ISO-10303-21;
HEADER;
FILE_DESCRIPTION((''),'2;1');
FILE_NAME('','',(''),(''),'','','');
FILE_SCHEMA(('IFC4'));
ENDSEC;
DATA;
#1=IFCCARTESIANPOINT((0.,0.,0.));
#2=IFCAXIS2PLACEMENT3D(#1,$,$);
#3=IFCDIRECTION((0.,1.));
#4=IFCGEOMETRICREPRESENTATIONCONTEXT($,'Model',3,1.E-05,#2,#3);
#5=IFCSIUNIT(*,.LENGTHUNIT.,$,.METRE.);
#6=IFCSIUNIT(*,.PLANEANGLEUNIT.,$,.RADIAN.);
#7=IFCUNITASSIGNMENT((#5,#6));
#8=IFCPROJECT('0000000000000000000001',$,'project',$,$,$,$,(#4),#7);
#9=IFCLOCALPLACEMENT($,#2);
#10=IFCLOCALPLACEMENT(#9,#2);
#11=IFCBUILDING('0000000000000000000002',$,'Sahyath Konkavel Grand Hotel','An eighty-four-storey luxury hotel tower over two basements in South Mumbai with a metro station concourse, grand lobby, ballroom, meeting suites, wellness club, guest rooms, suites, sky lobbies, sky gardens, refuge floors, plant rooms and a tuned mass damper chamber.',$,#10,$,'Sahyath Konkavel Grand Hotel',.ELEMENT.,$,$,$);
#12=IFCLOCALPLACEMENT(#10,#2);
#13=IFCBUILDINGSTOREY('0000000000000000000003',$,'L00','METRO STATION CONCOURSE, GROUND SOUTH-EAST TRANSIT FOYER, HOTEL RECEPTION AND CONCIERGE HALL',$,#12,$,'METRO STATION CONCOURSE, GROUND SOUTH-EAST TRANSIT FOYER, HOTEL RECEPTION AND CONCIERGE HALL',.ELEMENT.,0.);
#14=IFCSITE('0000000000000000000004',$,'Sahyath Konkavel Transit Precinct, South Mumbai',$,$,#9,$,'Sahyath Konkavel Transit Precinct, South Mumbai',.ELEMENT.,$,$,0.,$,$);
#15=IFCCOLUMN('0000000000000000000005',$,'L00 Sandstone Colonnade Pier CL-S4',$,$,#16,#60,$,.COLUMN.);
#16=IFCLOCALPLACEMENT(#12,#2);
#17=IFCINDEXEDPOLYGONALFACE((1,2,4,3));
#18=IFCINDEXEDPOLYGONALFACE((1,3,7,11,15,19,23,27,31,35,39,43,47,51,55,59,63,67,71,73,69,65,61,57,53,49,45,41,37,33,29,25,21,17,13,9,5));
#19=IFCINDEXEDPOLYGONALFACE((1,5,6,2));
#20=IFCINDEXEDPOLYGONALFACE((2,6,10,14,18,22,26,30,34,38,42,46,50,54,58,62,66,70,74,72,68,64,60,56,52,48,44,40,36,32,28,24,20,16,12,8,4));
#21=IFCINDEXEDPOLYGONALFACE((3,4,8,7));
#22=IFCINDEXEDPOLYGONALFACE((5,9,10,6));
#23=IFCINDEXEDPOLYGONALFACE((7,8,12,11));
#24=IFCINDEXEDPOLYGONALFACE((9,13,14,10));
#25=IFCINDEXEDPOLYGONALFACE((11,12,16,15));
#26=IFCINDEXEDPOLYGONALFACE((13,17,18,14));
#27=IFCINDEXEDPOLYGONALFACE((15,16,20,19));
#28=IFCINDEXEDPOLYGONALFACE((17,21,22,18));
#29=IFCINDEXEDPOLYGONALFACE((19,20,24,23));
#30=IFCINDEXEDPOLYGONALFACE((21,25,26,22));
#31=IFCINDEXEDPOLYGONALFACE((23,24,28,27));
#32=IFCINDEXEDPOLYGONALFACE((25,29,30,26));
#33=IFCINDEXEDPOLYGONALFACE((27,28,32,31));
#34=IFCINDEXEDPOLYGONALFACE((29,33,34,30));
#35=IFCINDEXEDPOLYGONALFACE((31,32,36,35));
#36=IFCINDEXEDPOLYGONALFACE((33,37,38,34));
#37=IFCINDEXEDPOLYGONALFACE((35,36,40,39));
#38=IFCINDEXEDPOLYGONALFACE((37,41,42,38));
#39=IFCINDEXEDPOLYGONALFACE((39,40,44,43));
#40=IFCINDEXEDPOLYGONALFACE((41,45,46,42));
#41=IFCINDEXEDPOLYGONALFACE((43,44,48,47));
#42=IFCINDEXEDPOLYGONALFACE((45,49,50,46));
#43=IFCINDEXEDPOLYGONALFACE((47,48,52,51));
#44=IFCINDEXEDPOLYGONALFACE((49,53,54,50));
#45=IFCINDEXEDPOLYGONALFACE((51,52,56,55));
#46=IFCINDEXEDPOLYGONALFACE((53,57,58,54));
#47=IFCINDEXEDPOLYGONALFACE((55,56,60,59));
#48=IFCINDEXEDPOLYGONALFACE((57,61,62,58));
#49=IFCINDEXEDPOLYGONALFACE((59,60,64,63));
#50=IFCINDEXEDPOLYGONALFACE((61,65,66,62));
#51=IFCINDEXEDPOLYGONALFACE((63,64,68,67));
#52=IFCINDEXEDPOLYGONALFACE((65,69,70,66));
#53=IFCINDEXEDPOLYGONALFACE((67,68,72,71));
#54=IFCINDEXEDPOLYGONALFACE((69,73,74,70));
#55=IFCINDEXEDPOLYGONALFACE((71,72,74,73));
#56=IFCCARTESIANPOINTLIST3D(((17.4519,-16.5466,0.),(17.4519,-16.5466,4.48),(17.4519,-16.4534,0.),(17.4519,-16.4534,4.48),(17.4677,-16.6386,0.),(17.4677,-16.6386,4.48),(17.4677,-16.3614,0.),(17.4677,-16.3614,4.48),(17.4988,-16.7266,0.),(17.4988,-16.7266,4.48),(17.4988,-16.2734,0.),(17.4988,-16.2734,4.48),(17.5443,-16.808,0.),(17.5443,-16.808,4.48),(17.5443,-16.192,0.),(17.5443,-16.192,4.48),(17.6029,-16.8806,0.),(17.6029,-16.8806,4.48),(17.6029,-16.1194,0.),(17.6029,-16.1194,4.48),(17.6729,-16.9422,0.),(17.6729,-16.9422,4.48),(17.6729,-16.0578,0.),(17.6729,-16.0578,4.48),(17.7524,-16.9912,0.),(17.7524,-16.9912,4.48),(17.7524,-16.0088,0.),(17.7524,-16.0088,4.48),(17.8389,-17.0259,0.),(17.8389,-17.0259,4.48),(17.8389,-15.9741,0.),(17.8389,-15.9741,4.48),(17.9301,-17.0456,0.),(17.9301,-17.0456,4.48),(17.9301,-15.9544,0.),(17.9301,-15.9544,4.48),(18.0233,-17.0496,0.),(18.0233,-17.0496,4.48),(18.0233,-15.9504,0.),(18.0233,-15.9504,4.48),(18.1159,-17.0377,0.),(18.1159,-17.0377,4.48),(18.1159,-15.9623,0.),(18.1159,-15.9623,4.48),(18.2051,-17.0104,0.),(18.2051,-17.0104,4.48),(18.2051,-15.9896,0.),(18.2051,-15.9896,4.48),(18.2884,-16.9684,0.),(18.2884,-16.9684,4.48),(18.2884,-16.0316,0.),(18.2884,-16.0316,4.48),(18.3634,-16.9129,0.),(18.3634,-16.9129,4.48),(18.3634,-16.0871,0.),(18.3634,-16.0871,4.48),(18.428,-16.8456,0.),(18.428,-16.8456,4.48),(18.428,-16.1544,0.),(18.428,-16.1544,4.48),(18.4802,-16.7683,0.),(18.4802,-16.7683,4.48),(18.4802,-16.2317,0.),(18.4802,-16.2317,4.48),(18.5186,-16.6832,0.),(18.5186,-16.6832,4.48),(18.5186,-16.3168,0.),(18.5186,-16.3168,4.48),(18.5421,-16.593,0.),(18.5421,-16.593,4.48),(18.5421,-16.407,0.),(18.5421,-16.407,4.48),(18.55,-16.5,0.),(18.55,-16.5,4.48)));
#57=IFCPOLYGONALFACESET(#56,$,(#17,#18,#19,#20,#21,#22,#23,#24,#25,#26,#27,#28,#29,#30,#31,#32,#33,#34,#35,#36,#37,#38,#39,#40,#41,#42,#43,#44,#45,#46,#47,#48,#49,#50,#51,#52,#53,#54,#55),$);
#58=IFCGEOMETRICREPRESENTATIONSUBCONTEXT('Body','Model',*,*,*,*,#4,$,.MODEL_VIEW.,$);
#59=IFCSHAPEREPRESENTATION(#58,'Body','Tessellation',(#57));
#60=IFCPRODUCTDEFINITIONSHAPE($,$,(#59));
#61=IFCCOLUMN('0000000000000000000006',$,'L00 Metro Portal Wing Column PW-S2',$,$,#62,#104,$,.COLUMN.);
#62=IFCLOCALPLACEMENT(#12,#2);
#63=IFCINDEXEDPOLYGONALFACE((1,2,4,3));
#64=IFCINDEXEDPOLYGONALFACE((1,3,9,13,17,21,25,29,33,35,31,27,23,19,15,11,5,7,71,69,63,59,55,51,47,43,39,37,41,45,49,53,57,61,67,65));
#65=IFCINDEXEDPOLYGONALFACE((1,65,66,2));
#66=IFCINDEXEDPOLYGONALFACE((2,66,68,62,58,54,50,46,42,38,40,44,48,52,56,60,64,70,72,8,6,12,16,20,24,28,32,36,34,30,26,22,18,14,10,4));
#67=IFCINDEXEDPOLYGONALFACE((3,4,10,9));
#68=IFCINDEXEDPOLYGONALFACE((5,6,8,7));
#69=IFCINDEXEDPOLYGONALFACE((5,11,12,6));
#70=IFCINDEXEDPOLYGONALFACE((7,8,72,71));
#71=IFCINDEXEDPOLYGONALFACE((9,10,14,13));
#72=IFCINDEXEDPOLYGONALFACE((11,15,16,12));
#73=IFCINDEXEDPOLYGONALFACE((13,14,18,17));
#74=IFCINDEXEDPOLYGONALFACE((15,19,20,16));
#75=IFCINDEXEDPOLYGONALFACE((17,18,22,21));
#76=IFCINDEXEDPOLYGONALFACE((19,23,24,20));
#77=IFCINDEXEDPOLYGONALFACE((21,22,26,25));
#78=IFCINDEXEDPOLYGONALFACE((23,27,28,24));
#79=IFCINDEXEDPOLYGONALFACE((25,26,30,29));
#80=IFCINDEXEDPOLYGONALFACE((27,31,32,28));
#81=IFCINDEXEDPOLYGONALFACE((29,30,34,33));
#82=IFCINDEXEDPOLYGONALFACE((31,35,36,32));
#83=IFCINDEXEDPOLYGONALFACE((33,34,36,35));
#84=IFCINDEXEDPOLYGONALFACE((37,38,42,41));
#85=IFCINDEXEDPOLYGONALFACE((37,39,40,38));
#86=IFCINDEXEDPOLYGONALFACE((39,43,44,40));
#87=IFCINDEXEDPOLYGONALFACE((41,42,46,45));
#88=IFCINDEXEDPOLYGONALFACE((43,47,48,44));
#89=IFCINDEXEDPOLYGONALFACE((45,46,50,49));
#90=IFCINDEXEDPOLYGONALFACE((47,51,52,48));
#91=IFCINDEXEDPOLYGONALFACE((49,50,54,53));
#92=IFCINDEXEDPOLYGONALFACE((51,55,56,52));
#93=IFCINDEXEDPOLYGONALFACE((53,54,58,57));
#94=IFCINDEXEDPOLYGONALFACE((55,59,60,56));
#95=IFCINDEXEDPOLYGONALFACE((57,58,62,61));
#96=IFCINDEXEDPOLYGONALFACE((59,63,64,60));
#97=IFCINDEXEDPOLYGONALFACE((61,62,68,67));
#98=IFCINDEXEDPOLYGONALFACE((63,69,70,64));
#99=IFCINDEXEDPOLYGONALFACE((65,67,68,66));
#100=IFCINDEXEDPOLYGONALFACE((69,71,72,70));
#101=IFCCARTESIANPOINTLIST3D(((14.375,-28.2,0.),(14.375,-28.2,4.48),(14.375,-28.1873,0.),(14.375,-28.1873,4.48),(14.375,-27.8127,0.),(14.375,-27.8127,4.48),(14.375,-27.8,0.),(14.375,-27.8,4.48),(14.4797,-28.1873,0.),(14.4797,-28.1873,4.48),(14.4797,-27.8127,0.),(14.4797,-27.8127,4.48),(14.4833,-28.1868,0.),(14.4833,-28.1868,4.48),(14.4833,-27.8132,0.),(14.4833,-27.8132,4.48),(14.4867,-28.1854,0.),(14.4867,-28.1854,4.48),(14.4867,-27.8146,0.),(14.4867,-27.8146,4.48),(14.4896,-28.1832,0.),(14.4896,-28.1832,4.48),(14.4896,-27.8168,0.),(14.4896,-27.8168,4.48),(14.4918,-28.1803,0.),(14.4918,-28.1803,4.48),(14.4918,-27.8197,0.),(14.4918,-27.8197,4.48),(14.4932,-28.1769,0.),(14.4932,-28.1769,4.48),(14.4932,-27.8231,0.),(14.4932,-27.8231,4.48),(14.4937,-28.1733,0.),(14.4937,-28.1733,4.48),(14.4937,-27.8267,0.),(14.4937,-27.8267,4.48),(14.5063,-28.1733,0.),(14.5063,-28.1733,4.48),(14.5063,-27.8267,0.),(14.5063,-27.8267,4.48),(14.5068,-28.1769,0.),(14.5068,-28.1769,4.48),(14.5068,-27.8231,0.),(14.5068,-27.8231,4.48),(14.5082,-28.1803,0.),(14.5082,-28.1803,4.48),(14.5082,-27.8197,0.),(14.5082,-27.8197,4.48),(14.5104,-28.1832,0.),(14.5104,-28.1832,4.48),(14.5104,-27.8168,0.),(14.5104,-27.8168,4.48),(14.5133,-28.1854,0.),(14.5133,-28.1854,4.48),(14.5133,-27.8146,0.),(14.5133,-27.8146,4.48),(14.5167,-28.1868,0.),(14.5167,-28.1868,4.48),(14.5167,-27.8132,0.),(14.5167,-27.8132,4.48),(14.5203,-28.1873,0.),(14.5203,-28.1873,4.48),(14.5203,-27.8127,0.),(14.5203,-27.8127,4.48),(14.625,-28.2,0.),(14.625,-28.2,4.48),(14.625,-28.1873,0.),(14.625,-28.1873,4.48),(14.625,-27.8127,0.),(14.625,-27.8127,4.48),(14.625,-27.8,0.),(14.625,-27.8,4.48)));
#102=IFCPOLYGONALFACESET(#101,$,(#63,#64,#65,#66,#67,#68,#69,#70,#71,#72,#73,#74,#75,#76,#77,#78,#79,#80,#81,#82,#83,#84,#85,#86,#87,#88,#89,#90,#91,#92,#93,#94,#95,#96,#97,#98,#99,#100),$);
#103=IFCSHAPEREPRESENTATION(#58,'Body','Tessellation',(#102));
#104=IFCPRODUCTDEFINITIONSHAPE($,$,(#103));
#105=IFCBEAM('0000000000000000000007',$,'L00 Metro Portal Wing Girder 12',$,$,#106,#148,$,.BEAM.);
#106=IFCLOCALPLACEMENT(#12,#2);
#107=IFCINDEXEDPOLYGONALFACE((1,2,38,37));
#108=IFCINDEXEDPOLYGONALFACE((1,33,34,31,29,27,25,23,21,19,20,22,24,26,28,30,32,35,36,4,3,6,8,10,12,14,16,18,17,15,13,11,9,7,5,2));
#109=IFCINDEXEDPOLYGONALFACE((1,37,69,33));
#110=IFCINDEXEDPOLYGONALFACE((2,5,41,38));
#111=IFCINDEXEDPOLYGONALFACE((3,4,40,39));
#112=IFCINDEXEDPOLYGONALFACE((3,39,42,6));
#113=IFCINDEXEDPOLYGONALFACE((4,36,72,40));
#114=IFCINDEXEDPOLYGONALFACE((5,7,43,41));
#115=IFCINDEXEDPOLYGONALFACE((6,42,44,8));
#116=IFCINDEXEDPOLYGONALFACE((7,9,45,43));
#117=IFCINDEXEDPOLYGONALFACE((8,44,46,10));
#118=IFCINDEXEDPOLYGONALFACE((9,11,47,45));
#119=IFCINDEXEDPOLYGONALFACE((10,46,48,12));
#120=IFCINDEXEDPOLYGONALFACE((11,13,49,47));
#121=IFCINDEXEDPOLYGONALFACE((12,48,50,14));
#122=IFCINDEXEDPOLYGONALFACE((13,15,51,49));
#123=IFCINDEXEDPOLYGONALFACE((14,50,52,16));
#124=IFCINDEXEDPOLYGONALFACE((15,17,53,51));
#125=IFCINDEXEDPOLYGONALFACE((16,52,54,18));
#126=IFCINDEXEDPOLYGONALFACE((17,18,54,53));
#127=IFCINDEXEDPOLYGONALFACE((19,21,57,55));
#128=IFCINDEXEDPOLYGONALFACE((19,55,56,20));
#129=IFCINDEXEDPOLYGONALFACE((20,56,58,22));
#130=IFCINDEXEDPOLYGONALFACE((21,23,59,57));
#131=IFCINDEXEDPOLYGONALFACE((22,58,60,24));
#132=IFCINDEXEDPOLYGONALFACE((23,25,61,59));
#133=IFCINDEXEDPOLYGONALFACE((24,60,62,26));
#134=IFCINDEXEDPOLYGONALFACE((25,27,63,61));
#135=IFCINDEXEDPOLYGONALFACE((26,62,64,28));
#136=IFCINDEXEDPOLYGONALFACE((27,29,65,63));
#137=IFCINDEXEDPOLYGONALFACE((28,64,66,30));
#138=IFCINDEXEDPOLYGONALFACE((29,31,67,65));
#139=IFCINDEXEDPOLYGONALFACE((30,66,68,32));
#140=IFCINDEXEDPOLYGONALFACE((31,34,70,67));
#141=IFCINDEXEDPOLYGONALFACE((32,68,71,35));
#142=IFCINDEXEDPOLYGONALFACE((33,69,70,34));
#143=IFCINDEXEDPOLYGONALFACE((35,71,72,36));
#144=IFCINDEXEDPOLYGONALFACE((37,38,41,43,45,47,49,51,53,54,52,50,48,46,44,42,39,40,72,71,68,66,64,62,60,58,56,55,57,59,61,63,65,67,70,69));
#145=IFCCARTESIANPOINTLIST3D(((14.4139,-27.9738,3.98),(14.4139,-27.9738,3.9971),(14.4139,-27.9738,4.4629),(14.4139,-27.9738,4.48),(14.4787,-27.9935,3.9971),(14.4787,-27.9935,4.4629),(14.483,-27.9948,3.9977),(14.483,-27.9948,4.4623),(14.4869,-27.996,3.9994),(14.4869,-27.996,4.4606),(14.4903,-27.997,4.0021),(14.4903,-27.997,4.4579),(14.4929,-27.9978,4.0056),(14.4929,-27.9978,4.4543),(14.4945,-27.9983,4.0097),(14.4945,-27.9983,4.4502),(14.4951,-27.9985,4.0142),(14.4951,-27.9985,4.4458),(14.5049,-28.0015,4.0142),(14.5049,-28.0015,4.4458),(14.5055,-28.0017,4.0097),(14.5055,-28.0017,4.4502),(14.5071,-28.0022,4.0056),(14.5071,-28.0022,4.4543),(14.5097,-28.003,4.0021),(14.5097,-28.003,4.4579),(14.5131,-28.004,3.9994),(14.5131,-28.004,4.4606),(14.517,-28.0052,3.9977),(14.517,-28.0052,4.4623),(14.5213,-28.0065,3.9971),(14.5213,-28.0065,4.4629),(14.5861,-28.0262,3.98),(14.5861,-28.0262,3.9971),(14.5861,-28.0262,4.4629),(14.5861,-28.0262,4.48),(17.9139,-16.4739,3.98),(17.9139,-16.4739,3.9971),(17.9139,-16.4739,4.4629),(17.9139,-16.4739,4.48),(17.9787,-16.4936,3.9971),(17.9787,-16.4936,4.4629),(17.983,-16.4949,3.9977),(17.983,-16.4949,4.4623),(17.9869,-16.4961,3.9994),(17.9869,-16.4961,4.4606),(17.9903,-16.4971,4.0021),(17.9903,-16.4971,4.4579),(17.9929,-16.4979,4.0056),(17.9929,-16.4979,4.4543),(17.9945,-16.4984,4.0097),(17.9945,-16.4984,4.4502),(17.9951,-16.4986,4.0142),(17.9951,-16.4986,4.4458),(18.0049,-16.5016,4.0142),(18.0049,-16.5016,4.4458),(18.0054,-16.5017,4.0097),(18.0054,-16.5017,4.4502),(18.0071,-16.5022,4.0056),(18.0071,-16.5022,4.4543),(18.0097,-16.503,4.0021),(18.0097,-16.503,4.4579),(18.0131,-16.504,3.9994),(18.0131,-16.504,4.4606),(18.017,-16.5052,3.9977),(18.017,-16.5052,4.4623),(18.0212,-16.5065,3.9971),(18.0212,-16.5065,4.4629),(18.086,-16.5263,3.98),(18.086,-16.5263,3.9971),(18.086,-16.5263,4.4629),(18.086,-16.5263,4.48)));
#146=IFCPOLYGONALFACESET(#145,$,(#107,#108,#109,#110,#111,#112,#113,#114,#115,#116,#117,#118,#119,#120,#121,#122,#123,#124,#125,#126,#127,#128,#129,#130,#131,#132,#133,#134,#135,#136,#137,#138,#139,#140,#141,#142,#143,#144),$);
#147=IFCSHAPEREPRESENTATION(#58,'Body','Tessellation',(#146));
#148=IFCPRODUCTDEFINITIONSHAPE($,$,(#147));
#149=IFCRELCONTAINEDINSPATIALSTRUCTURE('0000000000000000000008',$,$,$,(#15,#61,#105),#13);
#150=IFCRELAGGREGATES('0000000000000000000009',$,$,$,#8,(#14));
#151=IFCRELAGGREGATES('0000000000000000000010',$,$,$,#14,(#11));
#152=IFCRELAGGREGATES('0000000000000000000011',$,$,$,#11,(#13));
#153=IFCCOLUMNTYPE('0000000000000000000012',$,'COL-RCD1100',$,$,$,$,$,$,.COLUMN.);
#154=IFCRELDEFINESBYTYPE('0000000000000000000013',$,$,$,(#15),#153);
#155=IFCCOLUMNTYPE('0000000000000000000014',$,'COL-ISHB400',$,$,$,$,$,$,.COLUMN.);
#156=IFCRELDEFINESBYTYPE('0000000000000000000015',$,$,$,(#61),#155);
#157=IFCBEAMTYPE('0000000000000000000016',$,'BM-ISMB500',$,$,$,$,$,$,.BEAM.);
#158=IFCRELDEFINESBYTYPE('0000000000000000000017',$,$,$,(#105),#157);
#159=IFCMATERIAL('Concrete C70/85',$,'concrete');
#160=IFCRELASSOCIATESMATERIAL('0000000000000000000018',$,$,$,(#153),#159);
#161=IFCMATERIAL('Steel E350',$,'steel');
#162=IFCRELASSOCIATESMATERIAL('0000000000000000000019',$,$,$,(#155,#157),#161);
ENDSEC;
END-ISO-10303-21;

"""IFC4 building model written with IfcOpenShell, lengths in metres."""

from ifc_helpers import new_model, si_unit, direction, frame, origin, origin_2d, place, context, subcontext, project, spatial, circle, i_section, extrude, source, transform, mapped, material, material_profile, profile_set, type_object, element, save


model = new_model("IFC4")

# Units and contexts
model_context = context("Model", 3, precision=1e-05, world=origin(), true_north=direction((0.0, 1.0)))
body_context = subcontext(model_context, "Body", "Model", "MODEL_VIEW")
ifc_project = project(units=[si_unit("LENGTHUNIT", "METRE"), si_unit("PLANEANGLEUNIT", "RADIAN")], contexts=[model_context])

# Site, building, storey
site_placement = place(None, origin())
site = spatial("IfcSite", under=ifc_project, at=site_placement, Name="Sahyath Konkavel Transit Precinct, South Mumbai", LongName="Sahyath Konkavel Transit Precinct, South Mumbai", CompositionType="ELEMENT", RefElevation=0.0)
building_placement = place(site_placement, origin())
building = spatial("IfcBuilding", under=site, at=building_placement, Name="Sahyath Konkavel Grand Hotel", Description="An eighty-four-storey luxury hotel tower over two basements in South Mumbai with a metro station concourse, grand lobby, ballroom, meeting suites, wellness club, guest rooms, suites, sky lobbies, sky gardens, refuge floors, plant rooms and a tuned mass damper chamber.", LongName="Sahyath Konkavel Grand Hotel", CompositionType="ELEMENT")
storey_placement = place(building_placement, origin())
storey = spatial("IfcBuildingStorey", under=building, at=storey_placement, Name="L00", Description="METRO STATION CONCOURSE, GROUND SOUTH-EAST TRANSIT FOYER, HOTEL RECEPTION AND CONCIERGE HALL", LongName="METRO STATION CONCOURSE, GROUND SOUTH-EAST TRANSIT FOYER, HOTEL RECEPTION AND CONCIERGE HALL", CompositionType="ELEMENT", Elevation=0.0)

# Columns
ifc_material_1 = material(Name="Concrete C70/85", Category="concrete")
ifc_material_profile_1 = material_profile(ifc_material_1, circle(Radius=0.55, at=origin_2d()), Name="RC D1100")
ifc_profile_set_1 = profile_set([ifc_material_profile_1], Name="Concrete C70/85")
column_type_1 = type_object("IfcColumnType", Name="COL-RCD1100", PredefinedType="COLUMN", material=ifc_profile_set_1)
shared_shape_1 = source(origin(), body_context, "Body", "SweptSolid", [
    extrude(circle(Radius=0.55, at=origin_2d()), origin(), (0.0, 0.0, 1.0), 4.48),
])
column_1_placement = place(storey_placement, frame((18.0, -16.5, 0.0), z_axis=(0.0, 0.0, 1.0), x_axis=(1.0, 0.0, 0.0)))
element("IfcColumn", 1, at=column_1_placement, inside=storey, type_object=column_type_1, Name="L00 Sandstone Colonnade Pier CL-S4", PredefinedType="COLUMN", context=body_context, shape_type="MappedRepresentation", body=[
    mapped(shared_shape_1, transform((0.0, 0.0, 0.0), scale=1.0)),
])
ifc_material_2 = material(Name="Steel E350", Category="steel")
ifc_material_profile_2 = material_profile(ifc_material_2, i_section(OverallWidth=0.25, OverallDepth=0.3999, WebThickness=0.0127, FlangeThickness=0.0127, FilletRadius=0.0139, at=origin_2d()), Name="ISHB 400")
ifc_profile_set_2 = profile_set([ifc_material_profile_2], Name="Steel E350")
column_type_2 = type_object("IfcColumnType", Name="COL-ISHB400", PredefinedType="COLUMN", material=ifc_profile_set_2)
shared_shape_2 = source(origin(), body_context, "Body", "SweptSolid", [
    extrude(i_section(OverallWidth=0.25, OverallDepth=0.3999, WebThickness=0.0127, FlangeThickness=0.0127, FilletRadius=0.0139, at=origin_2d()), origin(), (0.0, 0.0, 1.0), 4.48),
])
column_2_placement = place(storey_placement, frame((14.5, -28.0, 0.0), z_axis=(0.0, 0.0, 1.0), x_axis=(1.0, 0.0, 0.0)))
element("IfcColumn", 2, at=column_2_placement, inside=storey, type_object=column_type_2, Name="L00 Metro Portal Wing Column PW-S2", PredefinedType="COLUMN", context=body_context, shape_type="MappedRepresentation", body=[
    mapped(shared_shape_2, transform((0.0, 0.0, 0.0), scale=1.0)),
])

# Beam
ifc_material_profile_3 = material_profile(ifc_material_2, i_section(OverallWidth=0.1799, OverallDepth=0.5, WebThickness=0.0103, FlangeThickness=0.0171, FilletRadius=0.0171, at=origin_2d()), Name="ISMB 500")
ifc_profile_set_3 = profile_set([ifc_material_profile_3], Name="Steel E350")
beam_type_1 = type_object("IfcBeamType", Name="BM-ISMB500", PredefinedType="BEAM", material=ifc_profile_set_3)
shared_shape_3 = source(origin(), body_context, "Body", "SweptSolid", [
    extrude(i_section(OverallWidth=0.1799, OverallDepth=0.5, WebThickness=0.0103, FlangeThickness=0.0171, FilletRadius=0.0171, at=origin_2d()), origin(), (0.0, 0.0, 1.0), 12.0208),
])
beam_1_placement = place(storey_placement, frame((14.5, -28.0, 4.23), z_axis=(0.291162, 0.956674, 0.0), x_axis=(-0.956674, 0.291162, 0.0)))
element("IfcBeam", 3, at=beam_1_placement, inside=storey, type_object=beam_type_1, Name="L00 Metro Portal Wing Girder 12", PredefinedType="BEAM", context=body_context, shape_type="MappedRepresentation", body=[
    mapped(shared_shape_3, transform((0.0, 0.0, 0.0), scale=1.0)),
])

save(model, "model.ifc")
